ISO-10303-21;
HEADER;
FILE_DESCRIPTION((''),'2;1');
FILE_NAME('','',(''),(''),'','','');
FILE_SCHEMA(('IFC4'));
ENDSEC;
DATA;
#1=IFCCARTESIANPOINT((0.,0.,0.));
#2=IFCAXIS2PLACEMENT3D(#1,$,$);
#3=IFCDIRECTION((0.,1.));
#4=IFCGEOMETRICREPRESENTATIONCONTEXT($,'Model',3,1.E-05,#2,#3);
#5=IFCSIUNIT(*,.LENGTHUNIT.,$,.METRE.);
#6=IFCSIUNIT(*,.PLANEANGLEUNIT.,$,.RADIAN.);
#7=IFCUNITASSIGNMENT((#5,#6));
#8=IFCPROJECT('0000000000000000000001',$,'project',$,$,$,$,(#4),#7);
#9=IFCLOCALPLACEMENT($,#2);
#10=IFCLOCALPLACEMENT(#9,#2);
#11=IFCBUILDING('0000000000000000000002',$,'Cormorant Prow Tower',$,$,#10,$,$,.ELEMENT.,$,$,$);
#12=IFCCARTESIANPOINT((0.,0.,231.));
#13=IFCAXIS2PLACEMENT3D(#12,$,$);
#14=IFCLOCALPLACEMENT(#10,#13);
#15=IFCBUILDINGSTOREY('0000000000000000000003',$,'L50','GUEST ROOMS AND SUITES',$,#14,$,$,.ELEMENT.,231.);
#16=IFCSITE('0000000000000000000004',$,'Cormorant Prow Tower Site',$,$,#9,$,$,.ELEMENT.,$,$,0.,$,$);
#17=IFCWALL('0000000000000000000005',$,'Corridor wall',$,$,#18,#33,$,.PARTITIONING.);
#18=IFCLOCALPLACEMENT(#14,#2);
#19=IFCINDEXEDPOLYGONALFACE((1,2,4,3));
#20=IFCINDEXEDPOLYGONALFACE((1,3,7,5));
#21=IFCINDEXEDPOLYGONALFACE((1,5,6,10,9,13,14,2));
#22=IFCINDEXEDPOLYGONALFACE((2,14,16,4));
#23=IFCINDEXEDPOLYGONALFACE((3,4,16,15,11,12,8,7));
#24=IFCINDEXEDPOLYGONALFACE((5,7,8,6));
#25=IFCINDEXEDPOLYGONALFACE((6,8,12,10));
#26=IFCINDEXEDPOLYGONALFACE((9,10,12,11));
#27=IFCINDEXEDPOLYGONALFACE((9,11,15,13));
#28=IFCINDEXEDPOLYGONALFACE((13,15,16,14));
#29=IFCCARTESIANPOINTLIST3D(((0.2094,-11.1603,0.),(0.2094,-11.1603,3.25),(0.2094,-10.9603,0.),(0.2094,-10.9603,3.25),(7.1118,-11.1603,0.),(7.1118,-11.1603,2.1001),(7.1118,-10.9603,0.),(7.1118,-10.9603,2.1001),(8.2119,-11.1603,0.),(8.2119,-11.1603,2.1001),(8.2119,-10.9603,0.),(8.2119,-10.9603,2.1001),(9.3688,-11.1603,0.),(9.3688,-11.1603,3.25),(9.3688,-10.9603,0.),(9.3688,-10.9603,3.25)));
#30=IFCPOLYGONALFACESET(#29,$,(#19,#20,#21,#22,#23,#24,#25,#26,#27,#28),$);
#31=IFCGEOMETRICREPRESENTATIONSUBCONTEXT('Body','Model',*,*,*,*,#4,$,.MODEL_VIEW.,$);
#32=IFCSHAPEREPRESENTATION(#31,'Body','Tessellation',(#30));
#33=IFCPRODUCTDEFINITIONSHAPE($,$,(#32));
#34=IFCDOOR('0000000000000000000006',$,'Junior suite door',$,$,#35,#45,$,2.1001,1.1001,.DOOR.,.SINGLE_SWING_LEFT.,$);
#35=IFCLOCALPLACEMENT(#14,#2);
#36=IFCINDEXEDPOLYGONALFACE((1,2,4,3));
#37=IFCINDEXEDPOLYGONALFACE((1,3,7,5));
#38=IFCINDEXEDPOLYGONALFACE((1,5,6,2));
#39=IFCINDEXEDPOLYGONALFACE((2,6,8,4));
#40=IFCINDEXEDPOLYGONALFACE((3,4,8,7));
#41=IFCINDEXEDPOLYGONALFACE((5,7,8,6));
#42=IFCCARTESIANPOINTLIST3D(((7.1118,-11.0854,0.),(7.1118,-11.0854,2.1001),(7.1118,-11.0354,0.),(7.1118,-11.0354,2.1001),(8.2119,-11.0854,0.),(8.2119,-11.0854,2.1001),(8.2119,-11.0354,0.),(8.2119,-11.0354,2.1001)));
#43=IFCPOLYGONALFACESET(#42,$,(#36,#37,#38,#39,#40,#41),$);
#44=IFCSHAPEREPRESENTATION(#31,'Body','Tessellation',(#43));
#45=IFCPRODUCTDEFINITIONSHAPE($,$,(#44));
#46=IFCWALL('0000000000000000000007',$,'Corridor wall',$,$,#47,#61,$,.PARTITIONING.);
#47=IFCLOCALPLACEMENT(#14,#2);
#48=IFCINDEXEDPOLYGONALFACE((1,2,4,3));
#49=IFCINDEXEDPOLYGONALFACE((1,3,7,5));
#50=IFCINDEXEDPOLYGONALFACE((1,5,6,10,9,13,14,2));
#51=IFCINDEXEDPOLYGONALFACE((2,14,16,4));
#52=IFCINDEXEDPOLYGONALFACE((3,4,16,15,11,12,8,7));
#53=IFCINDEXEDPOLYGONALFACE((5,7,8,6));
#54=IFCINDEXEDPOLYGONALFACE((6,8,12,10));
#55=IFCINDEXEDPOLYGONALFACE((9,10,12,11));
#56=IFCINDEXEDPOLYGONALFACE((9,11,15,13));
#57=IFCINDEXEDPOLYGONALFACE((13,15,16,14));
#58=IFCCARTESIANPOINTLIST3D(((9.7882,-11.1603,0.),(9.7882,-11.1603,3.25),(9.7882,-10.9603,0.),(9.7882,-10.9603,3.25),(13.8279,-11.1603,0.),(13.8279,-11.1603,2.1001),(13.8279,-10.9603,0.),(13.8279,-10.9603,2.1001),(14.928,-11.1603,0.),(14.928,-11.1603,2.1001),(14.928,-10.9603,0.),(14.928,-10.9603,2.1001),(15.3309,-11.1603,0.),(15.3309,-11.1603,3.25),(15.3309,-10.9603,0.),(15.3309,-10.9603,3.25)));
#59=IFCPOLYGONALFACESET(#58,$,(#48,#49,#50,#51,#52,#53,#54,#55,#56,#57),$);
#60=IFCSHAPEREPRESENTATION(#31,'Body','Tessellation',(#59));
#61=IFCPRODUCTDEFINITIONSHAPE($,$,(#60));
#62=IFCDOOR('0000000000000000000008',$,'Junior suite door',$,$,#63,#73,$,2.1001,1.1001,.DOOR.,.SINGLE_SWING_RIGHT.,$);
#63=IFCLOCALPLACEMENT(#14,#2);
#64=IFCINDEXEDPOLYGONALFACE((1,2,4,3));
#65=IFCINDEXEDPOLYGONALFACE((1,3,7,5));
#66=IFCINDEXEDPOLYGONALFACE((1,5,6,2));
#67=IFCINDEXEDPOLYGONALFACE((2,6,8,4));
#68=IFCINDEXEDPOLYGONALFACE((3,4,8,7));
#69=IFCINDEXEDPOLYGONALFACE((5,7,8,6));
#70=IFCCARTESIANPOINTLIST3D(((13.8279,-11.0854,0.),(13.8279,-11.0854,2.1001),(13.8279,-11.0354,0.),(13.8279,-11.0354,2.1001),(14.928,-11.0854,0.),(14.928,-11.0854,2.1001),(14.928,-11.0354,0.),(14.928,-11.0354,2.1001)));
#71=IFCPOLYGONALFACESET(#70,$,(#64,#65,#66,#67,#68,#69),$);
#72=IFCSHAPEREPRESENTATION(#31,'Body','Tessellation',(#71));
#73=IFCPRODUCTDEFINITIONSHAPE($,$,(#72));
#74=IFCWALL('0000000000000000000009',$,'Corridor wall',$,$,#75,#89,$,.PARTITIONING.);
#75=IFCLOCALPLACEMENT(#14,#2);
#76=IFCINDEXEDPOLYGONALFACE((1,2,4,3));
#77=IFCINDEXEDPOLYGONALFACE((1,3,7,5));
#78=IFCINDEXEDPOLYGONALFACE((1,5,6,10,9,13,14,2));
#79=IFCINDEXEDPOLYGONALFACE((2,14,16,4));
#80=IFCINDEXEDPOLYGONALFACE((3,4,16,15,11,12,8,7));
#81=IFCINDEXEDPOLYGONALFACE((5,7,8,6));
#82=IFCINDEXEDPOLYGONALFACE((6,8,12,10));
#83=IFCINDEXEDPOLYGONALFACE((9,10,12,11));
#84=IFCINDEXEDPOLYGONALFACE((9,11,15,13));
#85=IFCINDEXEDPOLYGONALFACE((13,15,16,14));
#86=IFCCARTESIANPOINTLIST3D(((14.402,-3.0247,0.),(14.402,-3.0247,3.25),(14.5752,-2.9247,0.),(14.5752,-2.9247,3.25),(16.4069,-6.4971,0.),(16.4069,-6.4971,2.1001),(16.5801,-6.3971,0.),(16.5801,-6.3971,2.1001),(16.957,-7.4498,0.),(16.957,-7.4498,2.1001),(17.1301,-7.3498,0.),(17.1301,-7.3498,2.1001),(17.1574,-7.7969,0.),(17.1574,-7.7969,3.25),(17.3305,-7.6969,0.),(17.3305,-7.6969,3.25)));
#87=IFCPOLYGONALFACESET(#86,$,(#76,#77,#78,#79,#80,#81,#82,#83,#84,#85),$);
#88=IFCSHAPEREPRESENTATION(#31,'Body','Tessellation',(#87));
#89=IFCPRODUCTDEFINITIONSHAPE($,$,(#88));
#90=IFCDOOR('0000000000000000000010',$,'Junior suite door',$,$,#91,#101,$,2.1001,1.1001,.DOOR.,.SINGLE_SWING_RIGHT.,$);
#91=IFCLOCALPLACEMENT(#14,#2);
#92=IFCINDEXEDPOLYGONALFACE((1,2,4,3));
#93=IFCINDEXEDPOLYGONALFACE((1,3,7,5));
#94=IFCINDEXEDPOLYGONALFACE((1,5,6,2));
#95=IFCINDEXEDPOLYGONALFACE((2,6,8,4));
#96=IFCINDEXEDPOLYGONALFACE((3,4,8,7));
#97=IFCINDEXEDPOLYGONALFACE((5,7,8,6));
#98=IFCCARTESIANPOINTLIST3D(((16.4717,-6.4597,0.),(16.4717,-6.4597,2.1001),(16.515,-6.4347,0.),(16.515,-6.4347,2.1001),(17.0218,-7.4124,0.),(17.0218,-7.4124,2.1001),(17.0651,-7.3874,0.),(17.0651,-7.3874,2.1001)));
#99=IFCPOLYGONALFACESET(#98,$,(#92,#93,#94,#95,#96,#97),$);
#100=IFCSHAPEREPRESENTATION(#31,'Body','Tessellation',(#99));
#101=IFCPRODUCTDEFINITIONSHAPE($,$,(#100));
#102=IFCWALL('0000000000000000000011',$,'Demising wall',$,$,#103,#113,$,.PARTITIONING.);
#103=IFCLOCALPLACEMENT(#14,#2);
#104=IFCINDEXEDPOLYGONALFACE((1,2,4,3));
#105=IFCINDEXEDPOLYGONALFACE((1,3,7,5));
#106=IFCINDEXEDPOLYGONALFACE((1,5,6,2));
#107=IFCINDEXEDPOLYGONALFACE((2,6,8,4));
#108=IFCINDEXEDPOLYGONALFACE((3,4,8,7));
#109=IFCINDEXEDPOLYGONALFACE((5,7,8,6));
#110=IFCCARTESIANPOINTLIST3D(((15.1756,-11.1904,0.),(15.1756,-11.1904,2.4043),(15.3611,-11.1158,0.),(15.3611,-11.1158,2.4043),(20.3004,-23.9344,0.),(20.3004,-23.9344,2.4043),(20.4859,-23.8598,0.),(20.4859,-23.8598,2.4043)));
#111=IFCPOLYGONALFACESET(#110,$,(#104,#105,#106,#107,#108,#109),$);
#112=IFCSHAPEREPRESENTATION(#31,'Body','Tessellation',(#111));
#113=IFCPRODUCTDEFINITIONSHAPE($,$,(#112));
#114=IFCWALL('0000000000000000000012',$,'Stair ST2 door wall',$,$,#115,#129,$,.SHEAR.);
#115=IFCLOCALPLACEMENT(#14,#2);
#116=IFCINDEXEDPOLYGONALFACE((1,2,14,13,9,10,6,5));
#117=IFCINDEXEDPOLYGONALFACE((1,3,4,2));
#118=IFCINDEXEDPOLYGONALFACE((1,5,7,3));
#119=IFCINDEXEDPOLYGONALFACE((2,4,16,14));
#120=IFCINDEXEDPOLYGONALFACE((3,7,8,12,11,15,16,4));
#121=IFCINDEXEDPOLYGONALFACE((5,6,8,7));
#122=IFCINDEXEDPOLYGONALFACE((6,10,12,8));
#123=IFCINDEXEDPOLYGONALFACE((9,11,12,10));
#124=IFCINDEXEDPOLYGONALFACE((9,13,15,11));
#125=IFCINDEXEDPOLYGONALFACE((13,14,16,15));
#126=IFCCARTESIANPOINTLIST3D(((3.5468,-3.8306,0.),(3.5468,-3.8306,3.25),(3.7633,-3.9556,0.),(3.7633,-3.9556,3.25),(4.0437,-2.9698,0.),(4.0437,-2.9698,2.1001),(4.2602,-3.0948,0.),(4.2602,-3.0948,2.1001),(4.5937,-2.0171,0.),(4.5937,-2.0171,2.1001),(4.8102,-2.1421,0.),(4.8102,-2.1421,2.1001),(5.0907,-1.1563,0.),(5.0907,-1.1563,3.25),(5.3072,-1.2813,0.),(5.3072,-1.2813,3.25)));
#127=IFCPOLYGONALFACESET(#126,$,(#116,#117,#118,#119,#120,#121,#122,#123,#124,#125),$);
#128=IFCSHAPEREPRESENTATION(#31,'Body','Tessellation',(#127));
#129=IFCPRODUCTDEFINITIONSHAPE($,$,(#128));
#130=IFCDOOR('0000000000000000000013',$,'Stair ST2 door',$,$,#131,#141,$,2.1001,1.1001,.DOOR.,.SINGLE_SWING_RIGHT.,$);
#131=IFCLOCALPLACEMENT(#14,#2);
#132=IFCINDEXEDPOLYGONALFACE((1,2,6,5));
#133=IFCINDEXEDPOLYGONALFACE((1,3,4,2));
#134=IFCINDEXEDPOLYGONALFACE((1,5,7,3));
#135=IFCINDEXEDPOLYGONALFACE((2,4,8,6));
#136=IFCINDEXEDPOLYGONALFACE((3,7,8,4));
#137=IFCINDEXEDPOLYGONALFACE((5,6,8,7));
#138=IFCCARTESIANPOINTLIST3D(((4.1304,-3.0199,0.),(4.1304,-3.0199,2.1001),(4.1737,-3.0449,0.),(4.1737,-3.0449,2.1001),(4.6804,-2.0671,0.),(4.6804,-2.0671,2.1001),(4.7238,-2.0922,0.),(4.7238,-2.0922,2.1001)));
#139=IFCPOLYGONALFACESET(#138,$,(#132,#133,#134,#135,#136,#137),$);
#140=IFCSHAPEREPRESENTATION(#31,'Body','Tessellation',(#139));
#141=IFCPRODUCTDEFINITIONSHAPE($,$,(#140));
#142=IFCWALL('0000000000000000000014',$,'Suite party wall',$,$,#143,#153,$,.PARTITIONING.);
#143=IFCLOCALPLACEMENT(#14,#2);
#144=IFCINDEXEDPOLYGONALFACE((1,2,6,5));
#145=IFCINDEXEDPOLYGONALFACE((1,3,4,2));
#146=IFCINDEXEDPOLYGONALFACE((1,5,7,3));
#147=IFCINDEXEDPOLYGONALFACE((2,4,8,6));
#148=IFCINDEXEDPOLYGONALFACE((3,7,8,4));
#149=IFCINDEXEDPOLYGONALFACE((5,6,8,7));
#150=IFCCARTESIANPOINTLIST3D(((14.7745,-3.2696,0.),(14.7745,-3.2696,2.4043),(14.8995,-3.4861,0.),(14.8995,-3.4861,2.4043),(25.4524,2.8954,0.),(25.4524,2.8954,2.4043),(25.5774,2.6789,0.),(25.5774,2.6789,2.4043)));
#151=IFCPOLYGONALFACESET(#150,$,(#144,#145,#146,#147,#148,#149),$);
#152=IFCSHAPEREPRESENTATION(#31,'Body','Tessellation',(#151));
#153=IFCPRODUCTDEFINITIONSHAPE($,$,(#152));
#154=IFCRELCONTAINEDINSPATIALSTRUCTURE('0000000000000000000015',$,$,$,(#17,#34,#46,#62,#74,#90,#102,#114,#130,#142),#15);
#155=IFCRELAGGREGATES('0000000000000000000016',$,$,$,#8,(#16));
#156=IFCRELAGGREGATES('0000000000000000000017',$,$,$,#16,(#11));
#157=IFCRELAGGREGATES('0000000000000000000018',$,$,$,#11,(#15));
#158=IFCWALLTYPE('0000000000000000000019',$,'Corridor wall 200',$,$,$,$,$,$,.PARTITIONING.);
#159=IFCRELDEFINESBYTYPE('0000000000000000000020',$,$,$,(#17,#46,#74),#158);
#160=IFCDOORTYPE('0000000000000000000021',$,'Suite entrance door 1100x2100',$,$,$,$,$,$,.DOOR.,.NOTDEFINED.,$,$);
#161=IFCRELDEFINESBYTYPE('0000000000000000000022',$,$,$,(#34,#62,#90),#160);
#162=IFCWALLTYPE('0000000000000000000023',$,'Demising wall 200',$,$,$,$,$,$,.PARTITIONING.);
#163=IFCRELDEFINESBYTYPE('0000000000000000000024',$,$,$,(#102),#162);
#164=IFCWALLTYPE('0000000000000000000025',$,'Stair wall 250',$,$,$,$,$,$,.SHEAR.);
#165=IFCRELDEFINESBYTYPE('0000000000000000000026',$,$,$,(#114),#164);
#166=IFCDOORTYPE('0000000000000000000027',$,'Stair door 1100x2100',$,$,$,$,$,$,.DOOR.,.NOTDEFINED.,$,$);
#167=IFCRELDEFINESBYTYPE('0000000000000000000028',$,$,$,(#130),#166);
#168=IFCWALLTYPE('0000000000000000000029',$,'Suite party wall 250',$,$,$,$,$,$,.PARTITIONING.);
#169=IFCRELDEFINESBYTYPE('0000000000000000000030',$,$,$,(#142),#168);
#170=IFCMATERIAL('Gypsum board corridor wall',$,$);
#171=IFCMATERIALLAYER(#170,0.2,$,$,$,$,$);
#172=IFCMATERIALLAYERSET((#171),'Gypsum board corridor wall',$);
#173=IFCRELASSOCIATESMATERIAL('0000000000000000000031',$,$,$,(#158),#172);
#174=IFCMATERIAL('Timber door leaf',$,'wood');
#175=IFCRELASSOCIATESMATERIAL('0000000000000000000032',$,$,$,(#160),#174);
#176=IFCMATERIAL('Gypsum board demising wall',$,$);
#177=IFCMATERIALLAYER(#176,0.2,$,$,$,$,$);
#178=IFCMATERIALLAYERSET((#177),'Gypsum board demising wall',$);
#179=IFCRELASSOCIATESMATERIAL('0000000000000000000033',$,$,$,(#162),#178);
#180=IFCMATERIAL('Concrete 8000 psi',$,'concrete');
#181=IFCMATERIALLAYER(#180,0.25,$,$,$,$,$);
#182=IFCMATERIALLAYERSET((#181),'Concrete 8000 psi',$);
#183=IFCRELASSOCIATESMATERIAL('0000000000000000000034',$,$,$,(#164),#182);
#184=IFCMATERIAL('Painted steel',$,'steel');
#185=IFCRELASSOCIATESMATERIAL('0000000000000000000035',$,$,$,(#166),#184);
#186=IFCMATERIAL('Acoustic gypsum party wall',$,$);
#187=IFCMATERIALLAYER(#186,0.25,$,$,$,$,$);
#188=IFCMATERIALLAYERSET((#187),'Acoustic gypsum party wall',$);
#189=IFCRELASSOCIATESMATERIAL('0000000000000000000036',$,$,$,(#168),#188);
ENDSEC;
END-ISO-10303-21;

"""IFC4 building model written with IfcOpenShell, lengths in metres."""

from ifc_helpers import new_model, si_unit, direction, frame, frame_2d, origin, place, context, subcontext, project, spatial, rectangle, extrude, material, layer, layer_set, type_object, element, fill, save


model = new_model("IFC4")

# Units and contexts
model_context = context("Model", 3, precision=1e-05, world=origin(), true_north=direction((0.0, 1.0)))
body_context = subcontext(model_context, "Body", "Model", "MODEL_VIEW")
ifc_project = project(units=[si_unit("LENGTHUNIT", "METRE"), si_unit("PLANEANGLEUNIT", "RADIAN")], contexts=[model_context])

# Site, building, storey
site_placement = place(None, origin())
site = spatial("IfcSite", under=ifc_project, at=site_placement, Name="Cormorant Prow Tower Site", CompositionType="ELEMENT", RefElevation=0.0)
building_placement = place(site_placement, origin())
building = spatial("IfcBuilding", under=site, at=building_placement, Name="Cormorant Prow Tower", CompositionType="ELEMENT")
storey_placement = place(building_placement, frame((0.0, 0.0, 231.0)))
storey = spatial("IfcBuildingStorey", under=building, at=storey_placement, Name="L50", Description="GUEST ROOMS AND SUITES", CompositionType="ELEMENT", Elevation=231.0)

# Walls, openings, doors
ifc_material_1 = material(Name="Gypsum board corridor wall")
ifc_layer_1 = layer(ifc_material_1, 0.2)
ifc_layer_set_1 = layer_set([ifc_layer_1], Name="Gypsum board corridor wall")
wall_type_1 = type_object("IfcWallType", Name="Corridor wall 200", PredefinedType="PARTITIONING", material=ifc_layer_set_1)
wall_1_placement = place(storey_placement, frame((0.2095, -11.0603, 0.0), z_axis=(0.0, 0.0, 1.0), x_axis=(1.0, 0.0, 0.0)))
wall_1 = element("IfcWall", 1, at=wall_1_placement, inside=storey, type_object=wall_type_1, Name="Corridor wall", PredefinedType="PARTITIONING", context=body_context, shape_type="SweptSolid", body=[
    extrude(rectangle(XDim=9.1594, YDim=0.2, at=frame_2d((4.5796, 0.0))), origin(), (0.0, 0.0, 1.0), 3.25),
])
opening_1_placement = place(wall_1_placement, frame((6.9023, 0.0, 0.0)))
opening_1 = element("IfcOpeningElement", 2, at=opening_1_placement, cuts=wall_1, PredefinedType="OPENING", context=body_context, shape_type="SweptSolid", body=[
    extrude(rectangle(XDim=1.1001, YDim=2.1001, at=frame_2d((0.55, 1.05))), frame((0.0, 0.1099, 0.0), z_axis=(0.0, -1.0, 0.0), x_axis=(1.0, 0.0, 0.0)), (0.0, 0.0, 1.0), 0.22),
])
ifc_material_2 = material(Name="Timber door leaf", Category="wood")
door_type_1 = type_object("IfcDoorType", Name="Suite entrance door 1100x2100", OperationType="NOTDEFINED", PredefinedType="DOOR", material=ifc_material_2)
door_1_placement = place(opening_1_placement, origin())
door_1 = element("IfcDoor", 3, at=door_1_placement, inside=storey, type_object=door_type_1, Name="Junior suite door", OperationType="SINGLE_SWING_LEFT", OverallHeight=2.1001, OverallWidth=1.1001, PredefinedType="DOOR", context=body_context, shape_type="SweptSolid", body=[
    extrude(rectangle(XDim=1.1001, YDim=2.1001, at=frame_2d((0.55, 1.05))), frame((0.0, 0.0249, 0.0), z_axis=(0.0, -1.0, 0.0), x_axis=(1.0, 0.0, 0.0)), (0.0, 0.0, 1.0), 0.05),
])
fill(opening_1, door_1)
wall_2_placement = place(storey_placement, frame((9.7881, -11.0603, 0.0), z_axis=(0.0, 0.0, 1.0), x_axis=(1.0, 0.0, 0.0)))
wall_2 = element("IfcWall", 4, at=wall_2_placement, inside=storey, type_object=wall_type_1, Name="Corridor wall", PredefinedType="PARTITIONING", context=body_context, shape_type="SweptSolid", body=[
    extrude(rectangle(XDim=5.5427, YDim=0.2, at=frame_2d((2.7715, 0.0))), origin(), (0.0, 0.0, 1.0), 3.25),
])
opening_2_placement = place(wall_2_placement, frame((4.0398, 0.0, 0.0)))
opening_2 = element("IfcOpeningElement", 5, at=opening_2_placement, cuts=wall_2, PredefinedType="OPENING", context=body_context, shape_type="SweptSolid", body=[
    extrude(rectangle(XDim=1.1001, YDim=2.1001, at=frame_2d((0.55, 1.05))), frame((0.0, 0.1099, 0.0), z_axis=(0.0, -1.0, 0.0), x_axis=(1.0, 0.0, 0.0)), (0.0, 0.0, 1.0), 0.22),
])
door_2_placement = place(opening_2_placement, origin())
door_2 = element("IfcDoor", 6, at=door_2_placement, inside=storey, type_object=door_type_1, Name="Junior suite door", OperationType="SINGLE_SWING_RIGHT", OverallHeight=2.1001, OverallWidth=1.1001, PredefinedType="DOOR", context=body_context, shape_type="SweptSolid", body=[
    extrude(rectangle(XDim=1.1001, YDim=2.1001, at=frame_2d((0.55, 1.05))), frame((0.0, 0.0249, 0.0), z_axis=(0.0, -1.0, 0.0), x_axis=(1.0, 0.0, 0.0)), (0.0, 0.0, 1.0), 0.05),
])
fill(opening_2, door_2)
wall_3_placement = place(storey_placement, frame((14.4885, -2.9746, 0.0), z_axis=(0.0, 0.0, 1.0), x_axis=(0.500018, -0.866015, 0.0)))
wall_3 = element("IfcWall", 7, at=wall_3_placement, inside=storey, type_object=wall_type_1, Name="Corridor wall", PredefinedType="PARTITIONING", context=body_context, shape_type="SweptSolid", body=[
    extrude(rectangle(XDim=5.5105, YDim=0.2, at=frame_2d((2.7554, 0.0))), origin(), (0.0, 0.0, 1.0), 3.25),
])
opening_3_placement = place(wall_3_placement, frame((4.0098, 0.0, 0.0)))
opening_3 = element("IfcOpeningElement", 8, at=opening_3_placement, cuts=wall_3, PredefinedType="OPENING", context=body_context, shape_type="SweptSolid", body=[
    extrude(rectangle(XDim=1.1001, YDim=2.1001, at=frame_2d((0.55, 1.05))), frame((0.0, 0.1099, 0.0), z_axis=(0.0, -1.0, 0.0), x_axis=(1.0, 0.0, 0.0)), (0.0, 0.0, 1.0), 0.22),
])
door_3_placement = place(opening_3_placement, origin())
door_3 = element("IfcDoor", 9, at=door_3_placement, inside=storey, type_object=door_type_1, Name="Junior suite door", OperationType="SINGLE_SWING_RIGHT", OverallHeight=2.1001, OverallWidth=1.1001, PredefinedType="DOOR", context=body_context, shape_type="SweptSolid", body=[
    extrude(rectangle(XDim=1.1001, YDim=2.1001, at=frame_2d((0.55, 1.05))), frame((0.0, 0.0249, 0.0), z_axis=(0.0, -1.0, 0.0), x_axis=(1.0, 0.0, 0.0)), (0.0, 0.0, 1.0), 0.05),
])
fill(opening_3, door_3)

# Wall
ifc_material_3 = material(Name="Gypsum board demising wall")
ifc_layer_2 = layer(ifc_material_3, 0.2)
ifc_layer_set_2 = layer_set([ifc_layer_2], Name="Gypsum board demising wall")
wall_type_2 = type_object("IfcWallType", Name="Demising wall 200", PredefinedType="PARTITIONING", material=ifc_layer_set_2)
wall_4_placement = place(storey_placement, frame((15.2683, -11.1531, 0.0), z_axis=(0.0, 0.0, 1.0), x_axis=(0.373097, -0.927792, 0.0)))
element("IfcWall", 10, at=wall_4_placement, inside=storey, type_object=wall_type_2, Name="Demising wall", PredefinedType="PARTITIONING", context=body_context, shape_type="SweptSolid", body=[
    extrude(rectangle(XDim=13.7358, YDim=0.2, at=frame_2d((6.8679, 0.0))), origin(), (0.0, 0.0, 1.0), 2.4043),
])

# Wall, opening, door
ifc_material_4 = material(Name="Concrete 8000 psi", Category="concrete")
ifc_layer_3 = layer(ifc_material_4, 0.25)
ifc_layer_set_3 = layer_set([ifc_layer_3], Name="Concrete 8000 psi")
wall_type_3 = type_object("IfcWallType", Name="Stair wall 250", PredefinedType="SHEAR", material=ifc_layer_set_3)
wall_5_placement = place(storey_placement, frame((3.655, -3.8931, 0.0), z_axis=(0.0, 0.0, 1.0), x_axis=(0.499983, 0.866035, 0.0)))
wall_5 = element("IfcWall", 11, at=wall_5_placement, inside=storey, type_object=wall_type_3, Name="Stair ST2 door wall", PredefinedType="SHEAR", context=body_context, shape_type="SweptSolid", body=[
    extrude(rectangle(XDim=3.0879, YDim=0.25, at=frame_2d((1.5439, 0.0))), origin(), (0.0, 0.0, 1.0), 3.25),
])
opening_4_placement = place(wall_5_placement, frame((0.9939, 0.0, 0.0)))
opening_4 = element("IfcOpeningElement", 12, at=opening_4_placement, cuts=wall_5, PredefinedType="OPENING", context=body_context, shape_type="SweptSolid", body=[
    extrude(rectangle(XDim=1.1001, YDim=2.1001, at=frame_2d((0.55, 1.05))), frame((0.0, 0.135, 0.0), z_axis=(0.0, -1.0, 0.0), x_axis=(1.0, 0.0, 0.0)), (0.0, 0.0, 1.0), 0.27),
])
ifc_material_5 = material(Name="Painted steel", Category="steel")
door_type_2 = type_object("IfcDoorType", Name="Stair door 1100x2100", OperationType="NOTDEFINED", PredefinedType="DOOR", material=ifc_material_5)
door_4_placement = place(opening_4_placement, origin())
door_4 = element("IfcDoor", 13, at=door_4_placement, inside=storey, type_object=door_type_2, Name="Stair ST2 door", OperationType="SINGLE_SWING_RIGHT", OverallHeight=2.1001, OverallWidth=1.1001, PredefinedType="DOOR", context=body_context, shape_type="SweptSolid", body=[
    extrude(rectangle(XDim=1.1001, YDim=2.1001, at=frame_2d((0.55, 1.05))), frame((0.0, 0.0249, 0.0), z_axis=(0.0, -1.0, 0.0), x_axis=(1.0, 0.0, 0.0)), (0.0, 0.0, 1.0), 0.05),
])
fill(opening_4, door_4)

# Wall
ifc_material_6 = material(Name="Acoustic gypsum party wall")
ifc_layer_4 = layer(ifc_material_6, 0.25)
ifc_layer_set_4 = layer_set([ifc_layer_4], Name="Acoustic gypsum party wall")
wall_type_4 = type_object("IfcWallType", Name="Suite party wall 250", PredefinedType="PARTITIONING", material=ifc_layer_set_4)
wall_6_placement = place(storey_placement, frame((14.8369, -3.3779, 0.0), z_axis=(0.0, 0.0, 1.0), x_axis=(0.866022, 0.500006, 0.0)))
element("IfcWall", 14, at=wall_6_placement, inside=storey, type_object=wall_type_4, Name="Suite party wall", PredefinedType="PARTITIONING", context=body_context, shape_type="SweptSolid", body=[
    extrude(rectangle(XDim=12.3298, YDim=0.25, at=frame_2d((6.165, 0.0))), origin(), (0.0, 0.0, 1.0), 2.4043),
])

save(model, "model.ifc")
